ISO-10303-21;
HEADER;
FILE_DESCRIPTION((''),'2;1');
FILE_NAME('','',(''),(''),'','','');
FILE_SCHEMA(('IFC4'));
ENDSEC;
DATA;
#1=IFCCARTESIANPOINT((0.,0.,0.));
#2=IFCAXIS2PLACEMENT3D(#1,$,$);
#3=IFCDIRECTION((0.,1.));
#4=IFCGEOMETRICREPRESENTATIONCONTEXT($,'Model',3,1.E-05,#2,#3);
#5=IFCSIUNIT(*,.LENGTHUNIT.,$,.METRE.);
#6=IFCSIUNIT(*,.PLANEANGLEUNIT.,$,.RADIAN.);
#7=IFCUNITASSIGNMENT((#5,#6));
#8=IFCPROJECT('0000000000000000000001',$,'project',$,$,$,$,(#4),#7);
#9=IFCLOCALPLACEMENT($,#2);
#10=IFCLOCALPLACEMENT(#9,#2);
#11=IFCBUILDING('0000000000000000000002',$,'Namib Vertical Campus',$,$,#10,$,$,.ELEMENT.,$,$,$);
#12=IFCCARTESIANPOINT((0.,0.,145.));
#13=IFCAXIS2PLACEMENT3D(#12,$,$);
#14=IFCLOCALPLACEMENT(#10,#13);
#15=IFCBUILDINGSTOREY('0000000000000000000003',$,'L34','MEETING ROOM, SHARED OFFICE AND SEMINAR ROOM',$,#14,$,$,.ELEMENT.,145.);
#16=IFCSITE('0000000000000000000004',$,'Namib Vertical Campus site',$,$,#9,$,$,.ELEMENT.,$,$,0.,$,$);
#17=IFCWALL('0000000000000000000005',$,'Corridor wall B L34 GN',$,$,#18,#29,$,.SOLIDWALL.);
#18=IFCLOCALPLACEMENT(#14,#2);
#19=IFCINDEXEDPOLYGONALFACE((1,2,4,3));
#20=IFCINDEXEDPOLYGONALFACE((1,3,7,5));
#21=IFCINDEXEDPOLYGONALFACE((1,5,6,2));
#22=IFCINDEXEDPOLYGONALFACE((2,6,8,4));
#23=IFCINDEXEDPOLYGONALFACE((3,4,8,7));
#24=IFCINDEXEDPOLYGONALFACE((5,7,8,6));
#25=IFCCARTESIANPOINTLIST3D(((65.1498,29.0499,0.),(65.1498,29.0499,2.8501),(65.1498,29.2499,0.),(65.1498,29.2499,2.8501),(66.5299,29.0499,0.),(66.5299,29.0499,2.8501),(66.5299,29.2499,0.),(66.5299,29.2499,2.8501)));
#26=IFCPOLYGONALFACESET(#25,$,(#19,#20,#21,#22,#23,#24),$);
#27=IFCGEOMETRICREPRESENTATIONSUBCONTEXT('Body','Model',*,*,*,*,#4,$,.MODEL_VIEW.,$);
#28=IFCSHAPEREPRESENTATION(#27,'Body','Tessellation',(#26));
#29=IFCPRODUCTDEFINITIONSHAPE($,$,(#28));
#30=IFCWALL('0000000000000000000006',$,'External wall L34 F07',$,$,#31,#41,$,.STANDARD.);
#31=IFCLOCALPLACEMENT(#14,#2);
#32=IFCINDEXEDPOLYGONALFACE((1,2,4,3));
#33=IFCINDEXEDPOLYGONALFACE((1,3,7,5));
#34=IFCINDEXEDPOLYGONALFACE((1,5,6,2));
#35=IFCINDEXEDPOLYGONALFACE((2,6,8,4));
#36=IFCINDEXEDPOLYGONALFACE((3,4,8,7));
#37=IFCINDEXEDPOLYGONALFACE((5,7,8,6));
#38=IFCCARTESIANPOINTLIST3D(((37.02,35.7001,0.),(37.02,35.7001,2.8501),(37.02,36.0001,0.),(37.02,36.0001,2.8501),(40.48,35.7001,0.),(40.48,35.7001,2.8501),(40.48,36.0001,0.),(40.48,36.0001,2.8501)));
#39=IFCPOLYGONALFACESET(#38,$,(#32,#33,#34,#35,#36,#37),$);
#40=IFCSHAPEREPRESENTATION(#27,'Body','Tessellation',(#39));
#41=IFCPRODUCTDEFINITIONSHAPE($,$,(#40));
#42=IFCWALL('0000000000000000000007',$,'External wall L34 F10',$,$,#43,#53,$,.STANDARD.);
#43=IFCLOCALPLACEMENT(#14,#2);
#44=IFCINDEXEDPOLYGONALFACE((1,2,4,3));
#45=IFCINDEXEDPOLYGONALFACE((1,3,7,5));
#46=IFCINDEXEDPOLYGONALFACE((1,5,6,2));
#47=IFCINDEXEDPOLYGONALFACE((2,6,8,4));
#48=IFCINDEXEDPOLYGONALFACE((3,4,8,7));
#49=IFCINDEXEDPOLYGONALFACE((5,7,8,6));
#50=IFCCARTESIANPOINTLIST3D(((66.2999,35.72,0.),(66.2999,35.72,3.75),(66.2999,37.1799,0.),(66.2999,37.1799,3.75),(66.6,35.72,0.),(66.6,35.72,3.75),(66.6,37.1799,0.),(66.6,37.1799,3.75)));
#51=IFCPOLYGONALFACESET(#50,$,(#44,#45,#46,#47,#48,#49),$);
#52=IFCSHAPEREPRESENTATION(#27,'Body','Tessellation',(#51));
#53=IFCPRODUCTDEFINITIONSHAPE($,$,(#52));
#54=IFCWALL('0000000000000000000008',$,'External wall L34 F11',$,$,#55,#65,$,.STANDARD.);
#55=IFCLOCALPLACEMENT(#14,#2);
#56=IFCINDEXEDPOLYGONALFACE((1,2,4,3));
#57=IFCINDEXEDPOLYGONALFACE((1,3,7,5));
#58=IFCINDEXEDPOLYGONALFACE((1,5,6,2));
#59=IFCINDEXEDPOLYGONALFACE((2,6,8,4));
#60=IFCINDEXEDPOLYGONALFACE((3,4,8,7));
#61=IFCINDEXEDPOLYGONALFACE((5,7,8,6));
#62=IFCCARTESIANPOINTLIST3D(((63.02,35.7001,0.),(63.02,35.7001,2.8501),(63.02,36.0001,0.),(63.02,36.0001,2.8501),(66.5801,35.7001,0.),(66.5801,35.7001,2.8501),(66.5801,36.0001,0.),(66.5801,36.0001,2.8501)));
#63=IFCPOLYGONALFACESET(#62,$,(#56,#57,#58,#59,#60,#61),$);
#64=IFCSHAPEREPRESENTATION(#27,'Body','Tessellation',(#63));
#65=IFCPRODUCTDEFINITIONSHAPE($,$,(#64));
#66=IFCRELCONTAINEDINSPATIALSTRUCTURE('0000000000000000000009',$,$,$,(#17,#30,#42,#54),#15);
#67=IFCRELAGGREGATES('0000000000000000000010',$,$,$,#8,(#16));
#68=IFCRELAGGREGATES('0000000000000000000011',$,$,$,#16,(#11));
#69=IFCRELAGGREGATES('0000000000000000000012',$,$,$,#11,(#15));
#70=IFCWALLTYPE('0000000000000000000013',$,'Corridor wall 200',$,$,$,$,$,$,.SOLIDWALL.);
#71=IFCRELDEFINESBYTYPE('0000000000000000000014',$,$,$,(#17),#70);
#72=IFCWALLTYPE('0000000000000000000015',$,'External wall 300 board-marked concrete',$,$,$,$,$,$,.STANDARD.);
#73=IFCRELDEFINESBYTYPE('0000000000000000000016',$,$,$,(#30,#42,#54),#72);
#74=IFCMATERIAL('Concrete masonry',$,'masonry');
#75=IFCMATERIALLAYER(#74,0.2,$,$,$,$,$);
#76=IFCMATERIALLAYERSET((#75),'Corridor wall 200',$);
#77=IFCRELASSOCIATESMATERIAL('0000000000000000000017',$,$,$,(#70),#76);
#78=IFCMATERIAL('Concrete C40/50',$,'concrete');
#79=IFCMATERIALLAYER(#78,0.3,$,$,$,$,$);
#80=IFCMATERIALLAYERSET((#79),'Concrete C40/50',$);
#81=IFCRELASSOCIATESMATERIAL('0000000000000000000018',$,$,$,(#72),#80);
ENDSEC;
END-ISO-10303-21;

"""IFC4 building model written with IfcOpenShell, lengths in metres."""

from ifc_helpers import new_model, si_unit, direction, frame, frame_2d, origin, place, context, subcontext, project, spatial, rectangle, extrude, material, layer, layer_set, type_object, element, save


model = new_model("IFC4")

# Units and contexts
model_context = context("Model", 3, precision=1e-05, world=origin(), true_north=direction((0.0, 1.0)))
body_context = subcontext(model_context, "Body", "Model", "MODEL_VIEW")
ifc_project = project(units=[si_unit("LENGTHUNIT", "METRE"), si_unit("PLANEANGLEUNIT", "RADIAN")], contexts=[model_context])

# Site, building, storey
site_placement = place(None, origin())
site = spatial("IfcSite", under=ifc_project, at=site_placement, Name="Namib Vertical Campus site", CompositionType="ELEMENT", RefElevation=0.0)
building_placement = place(site_placement, origin())
building = spatial("IfcBuilding", under=site, at=building_placement, Name="Namib Vertical Campus", CompositionType="ELEMENT")
storey_placement = place(building_placement, frame((0.0, 0.0, 145.0)))
storey = spatial("IfcBuildingStorey", under=building, at=storey_placement, Name="L34", Description="MEETING ROOM, SHARED OFFICE AND SEMINAR ROOM", CompositionType="ELEMENT", Elevation=145.0)

# Shared definitions
ifc_material_1 = material(Name="Concrete masonry", Category="masonry")
ifc_layer_1 = layer(ifc_material_1, 0.2)
ifc_layer_set_1 = layer_set([ifc_layer_1], Name="Corridor wall 200")
wall_type_1 = type_object("IfcWallType", Name="Corridor wall 200", PredefinedType="SOLIDWALL", material=ifc_layer_set_1)

# Walls
wall_1_placement = place(storey_placement, frame((65.1499, 29.1499, 0.0), z_axis=(0.0, 0.0, 1.0), x_axis=(1.0, 0.0, 0.0)))
element("IfcWall", 1, at=wall_1_placement, inside=storey, type_object=wall_type_1, Name="Corridor wall B L34 GN", PredefinedType="SOLIDWALL", context=body_context, shape_type="SweptSolid", body=[
    extrude(rectangle(XDim=1.3801, YDim=0.2, at=frame_2d((0.6899, 0.0))), origin(), (0.0, 0.0, 1.0), 2.8501),
])
ifc_material_2 = material(Name="Concrete C40/50", Category="concrete")
ifc_layer_2 = layer(ifc_material_2, 0.3)
ifc_layer_set_2 = layer_set([ifc_layer_2], Name="Concrete C40/50")
wall_type_2 = type_object("IfcWallType", Name="External wall 300 board-marked concrete", PredefinedType="STANDARD", material=ifc_layer_set_2)
wall_2_placement = place(storey_placement, frame((40.48, 35.8501, 0.0), z_axis=(0.0, 0.0, 1.0), x_axis=(-1.0, 0.0, 0.0)))
element("IfcWall", 2, at=wall_2_placement, inside=storey, type_object=wall_type_2, Name="External wall L34 F07", PredefinedType="STANDARD", context=body_context, shape_type="SweptSolid", body=[
    extrude(rectangle(XDim=3.46, YDim=0.3, at=frame_2d((1.73, 0.0))), origin(), (0.0, 0.0, 1.0), 2.8501),
])
wall_3_placement = place(storey_placement, frame((66.45, 37.1799, 0.0), z_axis=(0.0, 0.0, 1.0), x_axis=(0.0, -1.0, 0.0)))
element("IfcWall", 3, at=wall_3_placement, inside=storey, type_object=wall_type_2, Name="External wall L34 F10", PredefinedType="STANDARD", context=body_context, shape_type="SweptSolid", body=[
    extrude(rectangle(XDim=1.46, YDim=0.3, at=frame_2d((0.73, 0.0))), origin(), (0.0, 0.0, 1.0), 3.75),
])
wall_4_placement = place(storey_placement, frame((66.5801, 35.8501, 0.0), z_axis=(0.0, 0.0, 1.0), x_axis=(-1.0, 0.0, 0.0)))
element("IfcWall", 4, at=wall_4_placement, inside=storey, type_object=wall_type_2, Name="External wall L34 F11", PredefinedType="STANDARD", context=body_context, shape_type="SweptSolid", body=[
    extrude(rectangle(XDim=3.5601, YDim=0.3, at=frame_2d((1.78, 0.0))), origin(), (0.0, 0.0, 1.0), 2.8501),
])

save(model, "model.ifc")
